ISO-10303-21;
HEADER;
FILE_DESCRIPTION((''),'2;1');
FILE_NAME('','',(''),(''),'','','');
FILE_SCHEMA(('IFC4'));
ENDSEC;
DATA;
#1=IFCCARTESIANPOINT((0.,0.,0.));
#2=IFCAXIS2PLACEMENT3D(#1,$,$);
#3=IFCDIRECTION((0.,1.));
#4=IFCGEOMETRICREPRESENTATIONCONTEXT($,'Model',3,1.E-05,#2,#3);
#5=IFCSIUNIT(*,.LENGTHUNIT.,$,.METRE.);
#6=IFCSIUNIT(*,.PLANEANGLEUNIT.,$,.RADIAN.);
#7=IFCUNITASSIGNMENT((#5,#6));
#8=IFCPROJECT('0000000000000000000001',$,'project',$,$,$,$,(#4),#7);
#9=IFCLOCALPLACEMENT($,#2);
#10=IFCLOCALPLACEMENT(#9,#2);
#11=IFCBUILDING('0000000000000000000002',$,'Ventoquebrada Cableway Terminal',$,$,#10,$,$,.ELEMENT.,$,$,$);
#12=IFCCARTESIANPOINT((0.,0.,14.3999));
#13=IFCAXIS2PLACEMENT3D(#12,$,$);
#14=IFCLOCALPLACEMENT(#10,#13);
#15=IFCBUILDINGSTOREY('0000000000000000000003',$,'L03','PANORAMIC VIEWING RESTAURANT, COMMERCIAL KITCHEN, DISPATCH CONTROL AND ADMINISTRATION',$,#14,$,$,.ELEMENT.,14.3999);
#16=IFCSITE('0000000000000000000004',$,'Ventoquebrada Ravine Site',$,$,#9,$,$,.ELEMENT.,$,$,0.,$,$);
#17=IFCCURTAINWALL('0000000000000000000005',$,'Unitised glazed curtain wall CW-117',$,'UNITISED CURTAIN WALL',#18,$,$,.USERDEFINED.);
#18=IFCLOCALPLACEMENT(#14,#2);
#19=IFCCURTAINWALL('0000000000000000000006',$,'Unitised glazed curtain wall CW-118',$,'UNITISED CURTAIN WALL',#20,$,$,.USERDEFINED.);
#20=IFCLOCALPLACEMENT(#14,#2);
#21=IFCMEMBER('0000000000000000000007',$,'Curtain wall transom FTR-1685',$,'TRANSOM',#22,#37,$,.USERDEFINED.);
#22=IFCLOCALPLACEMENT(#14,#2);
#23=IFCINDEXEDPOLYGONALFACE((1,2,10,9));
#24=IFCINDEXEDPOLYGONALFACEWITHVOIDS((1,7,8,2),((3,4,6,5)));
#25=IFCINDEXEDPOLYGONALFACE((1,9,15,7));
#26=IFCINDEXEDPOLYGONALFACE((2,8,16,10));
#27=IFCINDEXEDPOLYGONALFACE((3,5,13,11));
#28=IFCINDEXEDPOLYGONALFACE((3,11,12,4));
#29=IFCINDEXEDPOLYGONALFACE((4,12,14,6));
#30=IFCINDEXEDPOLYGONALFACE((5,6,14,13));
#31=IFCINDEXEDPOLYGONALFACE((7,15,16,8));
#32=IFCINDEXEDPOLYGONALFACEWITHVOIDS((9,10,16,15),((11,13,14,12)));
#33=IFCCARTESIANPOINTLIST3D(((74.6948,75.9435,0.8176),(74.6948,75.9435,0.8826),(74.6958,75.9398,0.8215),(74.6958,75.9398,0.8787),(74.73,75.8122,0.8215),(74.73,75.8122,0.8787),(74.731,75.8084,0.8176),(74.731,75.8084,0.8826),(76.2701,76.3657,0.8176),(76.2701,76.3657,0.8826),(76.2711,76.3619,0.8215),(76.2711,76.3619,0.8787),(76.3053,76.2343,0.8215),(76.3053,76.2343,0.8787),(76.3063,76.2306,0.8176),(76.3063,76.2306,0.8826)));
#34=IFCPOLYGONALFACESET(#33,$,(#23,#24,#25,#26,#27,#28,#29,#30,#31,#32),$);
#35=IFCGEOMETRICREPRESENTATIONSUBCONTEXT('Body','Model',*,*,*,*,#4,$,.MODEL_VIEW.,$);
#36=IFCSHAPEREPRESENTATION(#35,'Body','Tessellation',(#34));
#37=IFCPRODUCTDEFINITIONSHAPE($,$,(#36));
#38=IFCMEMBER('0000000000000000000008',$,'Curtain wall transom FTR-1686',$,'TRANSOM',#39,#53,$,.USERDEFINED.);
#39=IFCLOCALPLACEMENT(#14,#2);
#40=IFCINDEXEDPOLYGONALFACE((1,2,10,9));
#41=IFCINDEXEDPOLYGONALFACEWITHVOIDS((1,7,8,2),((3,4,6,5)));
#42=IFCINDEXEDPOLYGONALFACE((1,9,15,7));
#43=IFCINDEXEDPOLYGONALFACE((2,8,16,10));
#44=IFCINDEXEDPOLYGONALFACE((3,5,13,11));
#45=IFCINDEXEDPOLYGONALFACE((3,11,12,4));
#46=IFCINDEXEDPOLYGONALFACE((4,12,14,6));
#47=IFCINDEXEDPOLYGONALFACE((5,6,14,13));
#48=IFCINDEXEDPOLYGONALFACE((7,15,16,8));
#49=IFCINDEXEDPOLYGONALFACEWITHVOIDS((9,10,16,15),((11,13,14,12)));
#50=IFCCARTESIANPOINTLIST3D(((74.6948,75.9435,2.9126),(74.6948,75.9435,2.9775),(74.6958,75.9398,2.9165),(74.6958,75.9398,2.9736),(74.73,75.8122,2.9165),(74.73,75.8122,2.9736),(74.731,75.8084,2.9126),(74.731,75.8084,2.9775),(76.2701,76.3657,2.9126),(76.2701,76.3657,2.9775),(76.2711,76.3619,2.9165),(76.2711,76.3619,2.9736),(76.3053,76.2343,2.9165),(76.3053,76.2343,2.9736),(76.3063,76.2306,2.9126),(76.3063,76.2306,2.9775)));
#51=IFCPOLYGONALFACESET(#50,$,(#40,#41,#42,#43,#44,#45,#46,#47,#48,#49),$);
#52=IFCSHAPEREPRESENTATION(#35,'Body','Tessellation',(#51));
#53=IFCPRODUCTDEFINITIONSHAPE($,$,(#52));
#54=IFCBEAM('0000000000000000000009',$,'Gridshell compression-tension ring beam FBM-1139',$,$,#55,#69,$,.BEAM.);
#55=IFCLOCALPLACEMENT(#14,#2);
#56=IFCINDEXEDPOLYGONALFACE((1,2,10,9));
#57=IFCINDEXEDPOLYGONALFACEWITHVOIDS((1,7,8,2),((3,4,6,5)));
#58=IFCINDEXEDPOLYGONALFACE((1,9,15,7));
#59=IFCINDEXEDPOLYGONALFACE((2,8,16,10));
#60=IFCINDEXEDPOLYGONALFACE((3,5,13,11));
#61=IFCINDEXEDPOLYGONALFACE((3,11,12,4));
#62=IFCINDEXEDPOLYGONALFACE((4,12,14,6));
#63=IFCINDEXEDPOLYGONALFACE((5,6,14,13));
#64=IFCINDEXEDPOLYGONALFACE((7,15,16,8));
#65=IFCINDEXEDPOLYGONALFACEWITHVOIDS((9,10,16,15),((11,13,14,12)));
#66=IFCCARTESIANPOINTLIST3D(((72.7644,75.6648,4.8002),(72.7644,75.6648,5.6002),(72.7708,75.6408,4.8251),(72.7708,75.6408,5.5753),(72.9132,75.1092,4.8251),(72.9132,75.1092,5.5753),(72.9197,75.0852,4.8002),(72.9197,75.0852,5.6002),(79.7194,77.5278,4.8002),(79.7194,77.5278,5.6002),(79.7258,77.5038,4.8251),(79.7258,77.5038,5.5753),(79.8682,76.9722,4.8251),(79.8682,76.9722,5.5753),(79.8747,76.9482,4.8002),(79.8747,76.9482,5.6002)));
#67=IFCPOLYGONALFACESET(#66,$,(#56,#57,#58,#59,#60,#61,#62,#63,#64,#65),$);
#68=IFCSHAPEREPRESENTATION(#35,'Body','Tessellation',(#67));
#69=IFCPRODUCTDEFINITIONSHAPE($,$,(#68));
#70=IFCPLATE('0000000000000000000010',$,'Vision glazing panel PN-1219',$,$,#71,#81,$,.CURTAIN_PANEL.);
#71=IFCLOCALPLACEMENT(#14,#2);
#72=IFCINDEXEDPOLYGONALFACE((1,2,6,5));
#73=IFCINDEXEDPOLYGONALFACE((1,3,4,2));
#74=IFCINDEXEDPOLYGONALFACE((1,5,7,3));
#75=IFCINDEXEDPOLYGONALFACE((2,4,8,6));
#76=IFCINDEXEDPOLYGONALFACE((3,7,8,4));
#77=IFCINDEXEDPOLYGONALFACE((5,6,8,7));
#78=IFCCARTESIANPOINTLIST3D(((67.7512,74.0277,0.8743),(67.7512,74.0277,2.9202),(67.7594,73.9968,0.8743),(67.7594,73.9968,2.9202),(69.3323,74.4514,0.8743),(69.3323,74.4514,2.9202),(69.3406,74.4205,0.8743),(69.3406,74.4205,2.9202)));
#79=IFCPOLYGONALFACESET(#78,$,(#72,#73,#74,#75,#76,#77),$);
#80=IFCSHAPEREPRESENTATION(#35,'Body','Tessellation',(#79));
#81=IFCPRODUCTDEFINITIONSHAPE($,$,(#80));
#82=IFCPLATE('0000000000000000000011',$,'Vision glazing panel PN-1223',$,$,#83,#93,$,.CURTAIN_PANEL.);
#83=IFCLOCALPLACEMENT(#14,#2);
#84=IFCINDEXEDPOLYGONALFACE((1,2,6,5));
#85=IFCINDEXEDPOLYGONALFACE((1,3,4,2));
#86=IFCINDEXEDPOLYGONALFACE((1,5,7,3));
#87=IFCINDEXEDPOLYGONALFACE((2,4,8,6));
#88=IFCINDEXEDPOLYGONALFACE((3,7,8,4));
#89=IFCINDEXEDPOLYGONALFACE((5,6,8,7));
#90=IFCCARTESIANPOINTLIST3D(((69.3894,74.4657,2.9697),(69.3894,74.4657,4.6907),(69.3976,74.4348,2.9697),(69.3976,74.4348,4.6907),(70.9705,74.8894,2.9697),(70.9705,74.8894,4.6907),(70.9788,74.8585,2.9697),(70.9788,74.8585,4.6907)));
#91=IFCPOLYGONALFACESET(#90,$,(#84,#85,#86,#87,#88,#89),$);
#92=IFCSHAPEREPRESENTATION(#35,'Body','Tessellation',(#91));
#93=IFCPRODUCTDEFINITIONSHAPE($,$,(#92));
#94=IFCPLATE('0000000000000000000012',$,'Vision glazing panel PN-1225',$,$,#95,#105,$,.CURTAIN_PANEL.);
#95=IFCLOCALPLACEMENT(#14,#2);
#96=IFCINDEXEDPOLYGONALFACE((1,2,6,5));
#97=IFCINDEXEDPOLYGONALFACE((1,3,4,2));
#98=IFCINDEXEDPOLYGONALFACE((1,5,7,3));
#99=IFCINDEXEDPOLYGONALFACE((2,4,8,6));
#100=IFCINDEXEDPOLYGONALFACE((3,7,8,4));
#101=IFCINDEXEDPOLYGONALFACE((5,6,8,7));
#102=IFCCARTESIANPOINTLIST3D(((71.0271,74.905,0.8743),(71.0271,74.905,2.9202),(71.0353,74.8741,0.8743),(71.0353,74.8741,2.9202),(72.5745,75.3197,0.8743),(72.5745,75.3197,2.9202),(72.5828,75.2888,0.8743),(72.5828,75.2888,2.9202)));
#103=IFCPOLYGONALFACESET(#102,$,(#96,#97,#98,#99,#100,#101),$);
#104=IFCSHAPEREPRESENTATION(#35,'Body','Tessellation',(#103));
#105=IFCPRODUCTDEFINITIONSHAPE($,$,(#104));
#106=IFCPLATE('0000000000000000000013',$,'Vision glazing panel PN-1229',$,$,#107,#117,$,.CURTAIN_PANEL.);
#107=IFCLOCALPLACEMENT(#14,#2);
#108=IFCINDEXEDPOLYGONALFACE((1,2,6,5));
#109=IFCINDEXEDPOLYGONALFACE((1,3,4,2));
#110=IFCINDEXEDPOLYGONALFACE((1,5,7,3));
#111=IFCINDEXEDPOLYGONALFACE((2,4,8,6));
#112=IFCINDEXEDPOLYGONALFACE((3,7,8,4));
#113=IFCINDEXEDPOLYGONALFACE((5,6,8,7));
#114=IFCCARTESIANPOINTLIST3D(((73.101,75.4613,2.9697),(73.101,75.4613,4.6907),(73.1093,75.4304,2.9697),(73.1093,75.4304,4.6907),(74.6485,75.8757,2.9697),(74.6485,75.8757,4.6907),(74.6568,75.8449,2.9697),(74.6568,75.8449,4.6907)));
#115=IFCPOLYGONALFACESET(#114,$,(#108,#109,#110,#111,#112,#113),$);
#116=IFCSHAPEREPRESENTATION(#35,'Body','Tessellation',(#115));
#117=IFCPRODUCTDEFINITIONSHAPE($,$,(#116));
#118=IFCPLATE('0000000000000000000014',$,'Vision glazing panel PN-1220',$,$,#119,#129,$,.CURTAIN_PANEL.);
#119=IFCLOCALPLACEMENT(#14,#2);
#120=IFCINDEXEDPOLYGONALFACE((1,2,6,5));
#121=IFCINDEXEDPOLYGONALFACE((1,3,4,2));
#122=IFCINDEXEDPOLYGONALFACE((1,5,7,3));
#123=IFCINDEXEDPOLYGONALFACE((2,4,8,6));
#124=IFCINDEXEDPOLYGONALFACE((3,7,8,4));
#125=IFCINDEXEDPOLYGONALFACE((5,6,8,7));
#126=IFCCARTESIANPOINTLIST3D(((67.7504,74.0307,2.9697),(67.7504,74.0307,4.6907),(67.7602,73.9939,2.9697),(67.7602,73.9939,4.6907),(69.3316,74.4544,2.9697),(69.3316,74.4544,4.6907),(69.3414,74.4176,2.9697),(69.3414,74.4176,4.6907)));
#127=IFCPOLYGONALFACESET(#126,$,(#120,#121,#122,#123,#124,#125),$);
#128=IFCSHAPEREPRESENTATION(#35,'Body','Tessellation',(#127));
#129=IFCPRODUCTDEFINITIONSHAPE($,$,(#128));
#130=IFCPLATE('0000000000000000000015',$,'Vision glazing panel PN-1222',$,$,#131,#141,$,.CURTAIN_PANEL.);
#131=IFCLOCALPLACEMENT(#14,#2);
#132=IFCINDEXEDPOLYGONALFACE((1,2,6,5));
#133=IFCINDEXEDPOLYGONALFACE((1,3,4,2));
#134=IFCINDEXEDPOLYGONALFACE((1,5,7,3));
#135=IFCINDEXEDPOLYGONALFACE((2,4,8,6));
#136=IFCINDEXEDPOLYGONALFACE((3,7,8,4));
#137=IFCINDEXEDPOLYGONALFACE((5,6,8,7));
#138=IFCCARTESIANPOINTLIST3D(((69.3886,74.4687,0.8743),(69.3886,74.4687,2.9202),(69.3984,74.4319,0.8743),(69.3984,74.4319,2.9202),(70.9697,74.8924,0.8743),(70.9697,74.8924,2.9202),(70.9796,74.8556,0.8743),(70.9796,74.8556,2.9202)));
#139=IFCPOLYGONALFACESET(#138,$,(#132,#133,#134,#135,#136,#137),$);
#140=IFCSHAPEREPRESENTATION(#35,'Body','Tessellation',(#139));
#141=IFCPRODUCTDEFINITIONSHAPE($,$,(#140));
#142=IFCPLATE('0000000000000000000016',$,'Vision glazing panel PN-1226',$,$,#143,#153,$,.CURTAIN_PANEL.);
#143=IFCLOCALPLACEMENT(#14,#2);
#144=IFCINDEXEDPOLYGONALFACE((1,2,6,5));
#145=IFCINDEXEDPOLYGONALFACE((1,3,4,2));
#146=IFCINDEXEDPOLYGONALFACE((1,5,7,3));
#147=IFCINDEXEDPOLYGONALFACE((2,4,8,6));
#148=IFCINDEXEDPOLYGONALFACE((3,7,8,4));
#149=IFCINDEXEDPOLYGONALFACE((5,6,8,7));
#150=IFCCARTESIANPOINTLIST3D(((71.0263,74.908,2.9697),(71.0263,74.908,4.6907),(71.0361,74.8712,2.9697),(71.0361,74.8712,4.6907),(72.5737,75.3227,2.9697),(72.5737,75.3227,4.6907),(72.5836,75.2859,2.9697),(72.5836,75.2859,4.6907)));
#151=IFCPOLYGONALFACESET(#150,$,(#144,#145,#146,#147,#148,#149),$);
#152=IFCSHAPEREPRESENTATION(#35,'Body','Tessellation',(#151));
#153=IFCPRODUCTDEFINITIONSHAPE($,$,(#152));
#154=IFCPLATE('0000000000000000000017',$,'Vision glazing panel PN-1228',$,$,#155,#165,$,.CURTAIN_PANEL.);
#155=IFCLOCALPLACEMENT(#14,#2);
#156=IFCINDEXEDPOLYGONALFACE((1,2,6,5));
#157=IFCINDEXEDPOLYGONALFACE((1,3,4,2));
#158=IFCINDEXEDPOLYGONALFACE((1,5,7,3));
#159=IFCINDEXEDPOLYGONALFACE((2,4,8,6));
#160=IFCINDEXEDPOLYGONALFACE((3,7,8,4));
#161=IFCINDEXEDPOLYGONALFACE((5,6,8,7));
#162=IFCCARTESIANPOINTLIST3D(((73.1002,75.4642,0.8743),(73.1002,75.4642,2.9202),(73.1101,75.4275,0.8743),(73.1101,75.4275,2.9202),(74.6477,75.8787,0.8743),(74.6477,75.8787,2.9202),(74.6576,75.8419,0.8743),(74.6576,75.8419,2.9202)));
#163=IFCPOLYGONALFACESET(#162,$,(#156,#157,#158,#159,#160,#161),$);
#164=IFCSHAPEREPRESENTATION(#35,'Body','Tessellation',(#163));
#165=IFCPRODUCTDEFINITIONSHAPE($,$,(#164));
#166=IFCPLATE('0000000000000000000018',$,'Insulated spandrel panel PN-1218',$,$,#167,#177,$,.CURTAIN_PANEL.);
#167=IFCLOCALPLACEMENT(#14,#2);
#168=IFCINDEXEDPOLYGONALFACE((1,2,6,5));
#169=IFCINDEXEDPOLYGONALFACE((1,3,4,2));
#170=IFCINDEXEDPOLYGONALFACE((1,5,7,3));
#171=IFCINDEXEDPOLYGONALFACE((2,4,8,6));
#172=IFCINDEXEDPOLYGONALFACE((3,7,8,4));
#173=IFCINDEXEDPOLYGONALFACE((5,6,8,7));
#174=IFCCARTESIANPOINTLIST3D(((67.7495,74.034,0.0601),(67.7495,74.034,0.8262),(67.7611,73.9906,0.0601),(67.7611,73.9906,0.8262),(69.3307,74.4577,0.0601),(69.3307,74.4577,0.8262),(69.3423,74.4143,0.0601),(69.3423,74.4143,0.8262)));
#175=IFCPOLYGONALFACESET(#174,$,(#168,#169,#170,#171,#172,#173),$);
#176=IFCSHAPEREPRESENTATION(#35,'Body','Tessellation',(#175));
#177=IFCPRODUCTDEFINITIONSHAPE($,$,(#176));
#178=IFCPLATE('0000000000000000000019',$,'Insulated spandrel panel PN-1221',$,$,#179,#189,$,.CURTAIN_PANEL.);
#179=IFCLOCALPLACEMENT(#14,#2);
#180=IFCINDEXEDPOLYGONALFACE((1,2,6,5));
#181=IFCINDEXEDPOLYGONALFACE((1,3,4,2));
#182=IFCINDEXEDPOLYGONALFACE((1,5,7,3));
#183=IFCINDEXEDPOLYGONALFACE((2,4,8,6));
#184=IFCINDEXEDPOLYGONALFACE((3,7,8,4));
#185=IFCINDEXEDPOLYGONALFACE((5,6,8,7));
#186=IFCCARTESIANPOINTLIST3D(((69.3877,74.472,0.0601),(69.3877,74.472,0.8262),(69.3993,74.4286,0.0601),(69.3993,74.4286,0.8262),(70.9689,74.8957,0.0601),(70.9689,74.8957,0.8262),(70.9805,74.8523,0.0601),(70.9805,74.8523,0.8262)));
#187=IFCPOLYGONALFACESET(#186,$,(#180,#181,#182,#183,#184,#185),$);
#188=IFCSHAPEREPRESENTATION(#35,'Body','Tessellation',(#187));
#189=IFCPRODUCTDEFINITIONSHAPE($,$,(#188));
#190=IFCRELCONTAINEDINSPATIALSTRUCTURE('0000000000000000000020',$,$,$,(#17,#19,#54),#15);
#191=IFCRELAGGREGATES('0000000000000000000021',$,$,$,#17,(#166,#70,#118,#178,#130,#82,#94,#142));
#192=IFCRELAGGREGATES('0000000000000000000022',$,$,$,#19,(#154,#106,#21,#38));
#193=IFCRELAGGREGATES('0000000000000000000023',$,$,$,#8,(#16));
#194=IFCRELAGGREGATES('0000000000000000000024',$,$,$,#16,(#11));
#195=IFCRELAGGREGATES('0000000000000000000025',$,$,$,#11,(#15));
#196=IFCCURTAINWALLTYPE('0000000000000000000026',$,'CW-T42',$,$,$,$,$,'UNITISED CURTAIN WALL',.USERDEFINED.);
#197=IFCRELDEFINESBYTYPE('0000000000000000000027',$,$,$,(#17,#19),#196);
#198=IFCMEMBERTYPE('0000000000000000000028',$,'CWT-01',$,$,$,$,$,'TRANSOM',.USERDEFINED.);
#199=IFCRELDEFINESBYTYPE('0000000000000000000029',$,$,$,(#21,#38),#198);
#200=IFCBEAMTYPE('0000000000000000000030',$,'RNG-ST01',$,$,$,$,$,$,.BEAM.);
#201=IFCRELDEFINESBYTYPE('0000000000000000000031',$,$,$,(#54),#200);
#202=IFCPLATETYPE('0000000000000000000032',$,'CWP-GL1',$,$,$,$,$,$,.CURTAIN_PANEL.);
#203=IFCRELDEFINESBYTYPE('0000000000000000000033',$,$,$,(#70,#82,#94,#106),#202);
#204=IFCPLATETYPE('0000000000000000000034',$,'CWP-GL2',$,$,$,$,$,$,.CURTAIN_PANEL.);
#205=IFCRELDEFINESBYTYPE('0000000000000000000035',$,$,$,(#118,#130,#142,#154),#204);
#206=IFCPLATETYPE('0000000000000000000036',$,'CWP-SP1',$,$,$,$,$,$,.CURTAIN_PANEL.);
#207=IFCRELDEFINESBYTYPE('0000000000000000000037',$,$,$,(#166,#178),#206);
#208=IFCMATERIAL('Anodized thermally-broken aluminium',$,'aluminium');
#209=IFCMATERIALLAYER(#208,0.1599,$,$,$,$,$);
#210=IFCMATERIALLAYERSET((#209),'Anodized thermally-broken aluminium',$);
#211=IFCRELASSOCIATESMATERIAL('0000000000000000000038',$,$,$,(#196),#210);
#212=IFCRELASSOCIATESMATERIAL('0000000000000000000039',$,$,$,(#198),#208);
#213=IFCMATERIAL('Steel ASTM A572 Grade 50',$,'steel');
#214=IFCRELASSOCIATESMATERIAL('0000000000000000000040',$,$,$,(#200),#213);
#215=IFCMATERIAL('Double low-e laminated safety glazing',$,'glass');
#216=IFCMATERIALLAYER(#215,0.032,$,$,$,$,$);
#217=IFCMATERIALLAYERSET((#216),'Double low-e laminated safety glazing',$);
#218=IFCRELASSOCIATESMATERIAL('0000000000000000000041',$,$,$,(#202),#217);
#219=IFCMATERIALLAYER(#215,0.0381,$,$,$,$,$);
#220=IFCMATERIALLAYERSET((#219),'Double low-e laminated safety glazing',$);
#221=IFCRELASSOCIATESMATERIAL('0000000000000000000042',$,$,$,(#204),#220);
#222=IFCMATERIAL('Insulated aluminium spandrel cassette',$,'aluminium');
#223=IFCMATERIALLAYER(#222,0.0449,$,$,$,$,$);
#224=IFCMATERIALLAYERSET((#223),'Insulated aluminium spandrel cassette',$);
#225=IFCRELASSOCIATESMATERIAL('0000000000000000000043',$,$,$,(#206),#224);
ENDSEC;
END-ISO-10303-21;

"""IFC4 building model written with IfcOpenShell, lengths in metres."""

from ifc_helpers import new_model, si_unit, direction, frame, origin, origin_2d, place, context, subcontext, project, spatial, rectangle, hollow_rectangle, extrude, material, layer, layer_set, material_profile, profile_set, type_object, element, aggregate, save


model = new_model("IFC4")

# Units and contexts
model_context = context("Model", 3, precision=1e-05, world=origin(), true_north=direction((0.0, 1.0)))
body_context = subcontext(model_context, "Body", "Model", "MODEL_VIEW")
ifc_project = project(units=[si_unit("LENGTHUNIT", "METRE"), si_unit("PLANEANGLEUNIT", "RADIAN")], contexts=[model_context])

# Site, building, storey
site_placement = place(None, origin())
site = spatial("IfcSite", under=ifc_project, at=site_placement, Name="Ventoquebrada Ravine Site", CompositionType="ELEMENT", RefElevation=0.0)
building_placement = place(site_placement, origin())
building = spatial("IfcBuilding", under=site, at=building_placement, Name="Ventoquebrada Cableway Terminal", CompositionType="ELEMENT")
storey_placement = place(building_placement, frame((0.0, 0.0, 14.3999)))
storey = spatial("IfcBuildingStorey", under=building, at=storey_placement, Name="L03", Description="PANORAMIC VIEWING RESTAURANT, COMMERCIAL KITCHEN, DISPATCH CONTROL AND ADMINISTRATION", CompositionType="ELEMENT", Elevation=14.3999)

# Curtain walls
ifc_material_1 = material(Name="Anodized thermally-broken aluminium", Category="aluminium")
ifc_layer_1 = layer(ifc_material_1, 0.1599)
ifc_layer_set_1 = layer_set([ifc_layer_1], Name="Anodized thermally-broken aluminium")
curtain_wall_type = type_object("IfcCurtainWallType", Name="CW-T42", ElementType="UNITISED CURTAIN WALL", PredefinedType="USERDEFINED", material=ifc_layer_set_1)
curtain_wall_1_placement = place(storey_placement, origin())
curtain_wall_1 = element("IfcCurtainWall", 1, at=curtain_wall_1_placement, inside=storey, type_object=curtain_wall_type, Name="Unitised glazed curtain wall CW-117", ObjectType="UNITISED CURTAIN WALL", PredefinedType="USERDEFINED")
curtain_wall_2_placement = place(storey_placement, origin())
curtain_wall_2 = element("IfcCurtainWall", 2, at=curtain_wall_2_placement, inside=storey, type_object=curtain_wall_type, Name="Unitised glazed curtain wall CW-118", ObjectType="UNITISED CURTAIN WALL", PredefinedType="USERDEFINED")

# Members
ifc_material_profile_1 = material_profile(ifc_material_1, hollow_rectangle(XDim=0.0649, YDim=0.1399, WallThickness=0.0039, at=origin_2d()), Name="CW-TRN-65X140")
ifc_profile_set_1 = profile_set([ifc_material_profile_1], Name="Anodized thermally-broken aluminium")
member_type_1 = type_object("IfcMemberType", Name="CWT-01", ElementType="TRANSOM", PredefinedType="USERDEFINED", material=ifc_profile_set_1)
member_1_placement = place(storey_placement, frame((74.7129, 75.876, 0.8501), z_axis=(0.965919, 0.258846, 0.0), x_axis=(0.0, 0.0, 1.0)))
member_1 = element("IfcMember", 3, at=member_1_placement, type_object=member_type_1, Name="Curtain wall transom FTR-1685", ObjectType="TRANSOM", PredefinedType="USERDEFINED", context=body_context, shape_type="SweptSolid", body=[
    extrude(hollow_rectangle(XDim=0.0649, YDim=0.1399, WallThickness=0.0039, at=origin_2d()), origin(), (0.0, 0.0, 1.0), 1.6309),
])
member_2_placement = place(storey_placement, frame((74.7129, 75.876, 2.9451), z_axis=(0.965919, 0.258846, 0.0), x_axis=(0.0, 0.0, 1.0)))
member_2 = element("IfcMember", 4, at=member_2_placement, type_object=member_type_1, Name="Curtain wall transom FTR-1686", ObjectType="TRANSOM", PredefinedType="USERDEFINED", context=body_context, shape_type="SweptSolid", body=[
    extrude(hollow_rectangle(XDim=0.0649, YDim=0.1399, WallThickness=0.0039, at=origin_2d()), origin(), (0.0, 0.0, 1.0), 1.6309),
])

# Beam
ifc_material_2 = material(Name="Steel ASTM A572 Grade 50", Category="steel")
ifc_material_profile_2 = material_profile(ifc_material_2, hollow_rectangle(XDim=0.6001, YDim=0.8, WallThickness=0.0249, at=origin_2d()), Name="BOX600X800X25")
ifc_profile_set_2 = profile_set([ifc_material_profile_2], Name="Steel ASTM A572 Grade 50")
beam_type = type_object("IfcBeamType", Name="RNG-ST01", PredefinedType="BEAM", material=ifc_profile_set_2)
beam_placement = place(storey_placement, frame((72.842, 75.375, 5.2002), z_axis=(0.965946, 0.258745, 0.0), x_axis=(-0.258745, 0.965946, 0.0)))
element("IfcBeam", 5, at=beam_placement, inside=storey, type_object=beam_type, Name="Gridshell compression-tension ring beam FBM-1139", PredefinedType="BEAM", context=body_context, shape_type="SweptSolid", body=[
    extrude(hollow_rectangle(XDim=0.6001, YDim=0.8, WallThickness=0.0249, at=origin_2d()), origin(), (0.0, 0.0, 1.0), 7.2002),
])

# Plates
ifc_material_3 = material(Name="Double low-e laminated safety glazing", Category="glass")
ifc_layer_2 = layer(ifc_material_3, 0.032)
ifc_layer_set_2 = layer_set([ifc_layer_2], Name="Double low-e laminated safety glazing")
plate_type_1 = type_object("IfcPlateType", Name="CWP-GL1", PredefinedType="CURTAIN_PANEL", material=ifc_layer_set_2)
plate_1_placement = place(storey_placement, frame((68.5459, 74.2241, 0.8743), z_axis=(0.0, 0.0, 1.0), x_axis=(0.965921, 0.258836, 0.0)))
plate_1 = element("IfcPlate", 6, at=plate_1_placement, type_object=plate_type_1, Name="Vision glazing panel PN-1219", PredefinedType="CURTAIN_PANEL", context=body_context, shape_type="SweptSolid", body=[
    extrude(rectangle(XDim=1.637, YDim=0.032, at=origin_2d()), origin(), (0.0, 0.0, 1.0), 2.0459),
])
plate_2_placement = place(storey_placement, frame((70.1841, 74.6621, 2.9697), z_axis=(0.0, 0.0, 1.0), x_axis=(0.965921, 0.258836, 0.0)))
plate_2 = element("IfcPlate", 7, at=plate_2_placement, type_object=plate_type_1, Name="Vision glazing panel PN-1223", PredefinedType="CURTAIN_PANEL", context=body_context, shape_type="SweptSolid", body=[
    extrude(rectangle(XDim=1.637, YDim=0.032, at=origin_2d()), origin(), (0.0, 0.0, 1.0), 1.7209),
])
plate_3_placement = place(storey_placement, frame((71.8049, 75.0969, 0.8743), z_axis=(0.0, 0.0, 1.0), x_axis=(0.965921, 0.258836, 0.0)))
plate_3 = element("IfcPlate", 8, at=plate_3_placement, type_object=plate_type_1, Name="Vision glazing panel PN-1225", PredefinedType="CURTAIN_PANEL", context=body_context, shape_type="SweptSolid", body=[
    extrude(rectangle(XDim=1.6021, YDim=0.032, at=origin_2d()), origin(), (0.0, 0.0, 1.0), 2.0459),
])
plate_4_placement = place(storey_placement, frame((73.8789, 75.6531, 2.9697), z_axis=(0.0, 0.0, 1.0), x_axis=(0.965957, 0.258701, 0.0)))
plate_4 = element("IfcPlate", 9, at=plate_4_placement, type_object=plate_type_1, Name="Vision glazing panel PN-1229", PredefinedType="CURTAIN_PANEL", context=body_context, shape_type="SweptSolid", body=[
    extrude(rectangle(XDim=1.6021, YDim=0.032, at=origin_2d()), origin(), (0.0, 0.0, 1.0), 1.7209),
])
ifc_layer_3 = layer(ifc_material_3, 0.0381)
ifc_layer_set_3 = layer_set([ifc_layer_3], Name="Double low-e laminated safety glazing")
plate_type_2 = type_object("IfcPlateType", Name="CWP-GL2", PredefinedType="CURTAIN_PANEL", material=ifc_layer_set_3)
plate_5_placement = place(storey_placement, frame((68.5459, 74.2241, 2.9697), z_axis=(0.0, 0.0, 1.0), x_axis=(0.965921, 0.258836, 0.0)))
plate_5 = element("IfcPlate", 10, at=plate_5_placement, type_object=plate_type_2, Name="Vision glazing panel PN-1220", PredefinedType="CURTAIN_PANEL", context=body_context, shape_type="SweptSolid", body=[
    extrude(rectangle(XDim=1.637, YDim=0.0381, at=origin_2d()), origin(), (0.0, 0.0, 1.0), 1.7209),
])
plate_6_placement = place(storey_placement, frame((70.1841, 74.6621, 0.8743), z_axis=(0.0, 0.0, 1.0), x_axis=(0.965921, 0.258836, 0.0)))
plate_6 = element("IfcPlate", 11, at=plate_6_placement, type_object=plate_type_2, Name="Vision glazing panel PN-1222", PredefinedType="CURTAIN_PANEL", context=body_context, shape_type="SweptSolid", body=[
    extrude(rectangle(XDim=1.637, YDim=0.0381, at=origin_2d()), origin(), (0.0, 0.0, 1.0), 2.0459),
])
plate_7_placement = place(storey_placement, frame((71.8049, 75.0969, 2.9697), z_axis=(0.0, 0.0, 1.0), x_axis=(0.965921, 0.258836, 0.0)))
plate_7 = element("IfcPlate", 12, at=plate_7_placement, type_object=plate_type_2, Name="Vision glazing panel PN-1226", PredefinedType="CURTAIN_PANEL", context=body_context, shape_type="SweptSolid", body=[
    extrude(rectangle(XDim=1.6021, YDim=0.0381, at=origin_2d()), origin(), (0.0, 0.0, 1.0), 1.7209),
])
plate_8_placement = place(storey_placement, frame((73.8789, 75.6531, 0.8743), z_axis=(0.0, 0.0, 1.0), x_axis=(0.965957, 0.258701, 0.0)))
plate_8 = element("IfcPlate", 13, at=plate_8_placement, type_object=plate_type_2, Name="Vision glazing panel PN-1228", PredefinedType="CURTAIN_PANEL", context=body_context, shape_type="SweptSolid", body=[
    extrude(rectangle(XDim=1.6021, YDim=0.0381, at=origin_2d()), origin(), (0.0, 0.0, 1.0), 2.0459),
])
ifc_material_4 = material(Name="Insulated aluminium spandrel cassette", Category="aluminium")
ifc_layer_4 = layer(ifc_material_4, 0.0449)
ifc_layer_set_4 = layer_set([ifc_layer_4], Name="Insulated aluminium spandrel cassette")
plate_type_3 = type_object("IfcPlateType", Name="CWP-SP1", PredefinedType="CURTAIN_PANEL", material=ifc_layer_set_4)
plate_9_placement = place(storey_placement, frame((68.5459, 74.2241, 0.0601), z_axis=(0.0, 0.0, 1.0), x_axis=(0.965921, 0.258836, 0.0)))
plate_9 = element("IfcPlate", 14, at=plate_9_placement, type_object=plate_type_3, Name="Insulated spandrel panel PN-1218", PredefinedType="CURTAIN_PANEL", context=body_context, shape_type="SweptSolid", body=[
    extrude(rectangle(XDim=1.637, YDim=0.0449, at=origin_2d()), origin(), (0.0, 0.0, 1.0), 0.7661),
])
plate_10_placement = place(storey_placement, frame((70.1841, 74.6621, 0.0601), z_axis=(0.0, 0.0, 1.0), x_axis=(0.965921, 0.258836, 0.0)))
plate_10 = element("IfcPlate", 15, at=plate_10_placement, type_object=plate_type_3, Name="Insulated spandrel panel PN-1221", PredefinedType="CURTAIN_PANEL", context=body_context, shape_type="SweptSolid", body=[
    extrude(rectangle(XDim=1.637, YDim=0.0449, at=origin_2d()), origin(), (0.0, 0.0, 1.0), 0.7661),
])
aggregate(curtain_wall_1, [plate_9, plate_1, plate_5, plate_10, plate_6, plate_2, plate_3, plate_7])
aggregate(curtain_wall_2, [plate_8, plate_4, member_1, member_2])

save(model, "model.ifc")
